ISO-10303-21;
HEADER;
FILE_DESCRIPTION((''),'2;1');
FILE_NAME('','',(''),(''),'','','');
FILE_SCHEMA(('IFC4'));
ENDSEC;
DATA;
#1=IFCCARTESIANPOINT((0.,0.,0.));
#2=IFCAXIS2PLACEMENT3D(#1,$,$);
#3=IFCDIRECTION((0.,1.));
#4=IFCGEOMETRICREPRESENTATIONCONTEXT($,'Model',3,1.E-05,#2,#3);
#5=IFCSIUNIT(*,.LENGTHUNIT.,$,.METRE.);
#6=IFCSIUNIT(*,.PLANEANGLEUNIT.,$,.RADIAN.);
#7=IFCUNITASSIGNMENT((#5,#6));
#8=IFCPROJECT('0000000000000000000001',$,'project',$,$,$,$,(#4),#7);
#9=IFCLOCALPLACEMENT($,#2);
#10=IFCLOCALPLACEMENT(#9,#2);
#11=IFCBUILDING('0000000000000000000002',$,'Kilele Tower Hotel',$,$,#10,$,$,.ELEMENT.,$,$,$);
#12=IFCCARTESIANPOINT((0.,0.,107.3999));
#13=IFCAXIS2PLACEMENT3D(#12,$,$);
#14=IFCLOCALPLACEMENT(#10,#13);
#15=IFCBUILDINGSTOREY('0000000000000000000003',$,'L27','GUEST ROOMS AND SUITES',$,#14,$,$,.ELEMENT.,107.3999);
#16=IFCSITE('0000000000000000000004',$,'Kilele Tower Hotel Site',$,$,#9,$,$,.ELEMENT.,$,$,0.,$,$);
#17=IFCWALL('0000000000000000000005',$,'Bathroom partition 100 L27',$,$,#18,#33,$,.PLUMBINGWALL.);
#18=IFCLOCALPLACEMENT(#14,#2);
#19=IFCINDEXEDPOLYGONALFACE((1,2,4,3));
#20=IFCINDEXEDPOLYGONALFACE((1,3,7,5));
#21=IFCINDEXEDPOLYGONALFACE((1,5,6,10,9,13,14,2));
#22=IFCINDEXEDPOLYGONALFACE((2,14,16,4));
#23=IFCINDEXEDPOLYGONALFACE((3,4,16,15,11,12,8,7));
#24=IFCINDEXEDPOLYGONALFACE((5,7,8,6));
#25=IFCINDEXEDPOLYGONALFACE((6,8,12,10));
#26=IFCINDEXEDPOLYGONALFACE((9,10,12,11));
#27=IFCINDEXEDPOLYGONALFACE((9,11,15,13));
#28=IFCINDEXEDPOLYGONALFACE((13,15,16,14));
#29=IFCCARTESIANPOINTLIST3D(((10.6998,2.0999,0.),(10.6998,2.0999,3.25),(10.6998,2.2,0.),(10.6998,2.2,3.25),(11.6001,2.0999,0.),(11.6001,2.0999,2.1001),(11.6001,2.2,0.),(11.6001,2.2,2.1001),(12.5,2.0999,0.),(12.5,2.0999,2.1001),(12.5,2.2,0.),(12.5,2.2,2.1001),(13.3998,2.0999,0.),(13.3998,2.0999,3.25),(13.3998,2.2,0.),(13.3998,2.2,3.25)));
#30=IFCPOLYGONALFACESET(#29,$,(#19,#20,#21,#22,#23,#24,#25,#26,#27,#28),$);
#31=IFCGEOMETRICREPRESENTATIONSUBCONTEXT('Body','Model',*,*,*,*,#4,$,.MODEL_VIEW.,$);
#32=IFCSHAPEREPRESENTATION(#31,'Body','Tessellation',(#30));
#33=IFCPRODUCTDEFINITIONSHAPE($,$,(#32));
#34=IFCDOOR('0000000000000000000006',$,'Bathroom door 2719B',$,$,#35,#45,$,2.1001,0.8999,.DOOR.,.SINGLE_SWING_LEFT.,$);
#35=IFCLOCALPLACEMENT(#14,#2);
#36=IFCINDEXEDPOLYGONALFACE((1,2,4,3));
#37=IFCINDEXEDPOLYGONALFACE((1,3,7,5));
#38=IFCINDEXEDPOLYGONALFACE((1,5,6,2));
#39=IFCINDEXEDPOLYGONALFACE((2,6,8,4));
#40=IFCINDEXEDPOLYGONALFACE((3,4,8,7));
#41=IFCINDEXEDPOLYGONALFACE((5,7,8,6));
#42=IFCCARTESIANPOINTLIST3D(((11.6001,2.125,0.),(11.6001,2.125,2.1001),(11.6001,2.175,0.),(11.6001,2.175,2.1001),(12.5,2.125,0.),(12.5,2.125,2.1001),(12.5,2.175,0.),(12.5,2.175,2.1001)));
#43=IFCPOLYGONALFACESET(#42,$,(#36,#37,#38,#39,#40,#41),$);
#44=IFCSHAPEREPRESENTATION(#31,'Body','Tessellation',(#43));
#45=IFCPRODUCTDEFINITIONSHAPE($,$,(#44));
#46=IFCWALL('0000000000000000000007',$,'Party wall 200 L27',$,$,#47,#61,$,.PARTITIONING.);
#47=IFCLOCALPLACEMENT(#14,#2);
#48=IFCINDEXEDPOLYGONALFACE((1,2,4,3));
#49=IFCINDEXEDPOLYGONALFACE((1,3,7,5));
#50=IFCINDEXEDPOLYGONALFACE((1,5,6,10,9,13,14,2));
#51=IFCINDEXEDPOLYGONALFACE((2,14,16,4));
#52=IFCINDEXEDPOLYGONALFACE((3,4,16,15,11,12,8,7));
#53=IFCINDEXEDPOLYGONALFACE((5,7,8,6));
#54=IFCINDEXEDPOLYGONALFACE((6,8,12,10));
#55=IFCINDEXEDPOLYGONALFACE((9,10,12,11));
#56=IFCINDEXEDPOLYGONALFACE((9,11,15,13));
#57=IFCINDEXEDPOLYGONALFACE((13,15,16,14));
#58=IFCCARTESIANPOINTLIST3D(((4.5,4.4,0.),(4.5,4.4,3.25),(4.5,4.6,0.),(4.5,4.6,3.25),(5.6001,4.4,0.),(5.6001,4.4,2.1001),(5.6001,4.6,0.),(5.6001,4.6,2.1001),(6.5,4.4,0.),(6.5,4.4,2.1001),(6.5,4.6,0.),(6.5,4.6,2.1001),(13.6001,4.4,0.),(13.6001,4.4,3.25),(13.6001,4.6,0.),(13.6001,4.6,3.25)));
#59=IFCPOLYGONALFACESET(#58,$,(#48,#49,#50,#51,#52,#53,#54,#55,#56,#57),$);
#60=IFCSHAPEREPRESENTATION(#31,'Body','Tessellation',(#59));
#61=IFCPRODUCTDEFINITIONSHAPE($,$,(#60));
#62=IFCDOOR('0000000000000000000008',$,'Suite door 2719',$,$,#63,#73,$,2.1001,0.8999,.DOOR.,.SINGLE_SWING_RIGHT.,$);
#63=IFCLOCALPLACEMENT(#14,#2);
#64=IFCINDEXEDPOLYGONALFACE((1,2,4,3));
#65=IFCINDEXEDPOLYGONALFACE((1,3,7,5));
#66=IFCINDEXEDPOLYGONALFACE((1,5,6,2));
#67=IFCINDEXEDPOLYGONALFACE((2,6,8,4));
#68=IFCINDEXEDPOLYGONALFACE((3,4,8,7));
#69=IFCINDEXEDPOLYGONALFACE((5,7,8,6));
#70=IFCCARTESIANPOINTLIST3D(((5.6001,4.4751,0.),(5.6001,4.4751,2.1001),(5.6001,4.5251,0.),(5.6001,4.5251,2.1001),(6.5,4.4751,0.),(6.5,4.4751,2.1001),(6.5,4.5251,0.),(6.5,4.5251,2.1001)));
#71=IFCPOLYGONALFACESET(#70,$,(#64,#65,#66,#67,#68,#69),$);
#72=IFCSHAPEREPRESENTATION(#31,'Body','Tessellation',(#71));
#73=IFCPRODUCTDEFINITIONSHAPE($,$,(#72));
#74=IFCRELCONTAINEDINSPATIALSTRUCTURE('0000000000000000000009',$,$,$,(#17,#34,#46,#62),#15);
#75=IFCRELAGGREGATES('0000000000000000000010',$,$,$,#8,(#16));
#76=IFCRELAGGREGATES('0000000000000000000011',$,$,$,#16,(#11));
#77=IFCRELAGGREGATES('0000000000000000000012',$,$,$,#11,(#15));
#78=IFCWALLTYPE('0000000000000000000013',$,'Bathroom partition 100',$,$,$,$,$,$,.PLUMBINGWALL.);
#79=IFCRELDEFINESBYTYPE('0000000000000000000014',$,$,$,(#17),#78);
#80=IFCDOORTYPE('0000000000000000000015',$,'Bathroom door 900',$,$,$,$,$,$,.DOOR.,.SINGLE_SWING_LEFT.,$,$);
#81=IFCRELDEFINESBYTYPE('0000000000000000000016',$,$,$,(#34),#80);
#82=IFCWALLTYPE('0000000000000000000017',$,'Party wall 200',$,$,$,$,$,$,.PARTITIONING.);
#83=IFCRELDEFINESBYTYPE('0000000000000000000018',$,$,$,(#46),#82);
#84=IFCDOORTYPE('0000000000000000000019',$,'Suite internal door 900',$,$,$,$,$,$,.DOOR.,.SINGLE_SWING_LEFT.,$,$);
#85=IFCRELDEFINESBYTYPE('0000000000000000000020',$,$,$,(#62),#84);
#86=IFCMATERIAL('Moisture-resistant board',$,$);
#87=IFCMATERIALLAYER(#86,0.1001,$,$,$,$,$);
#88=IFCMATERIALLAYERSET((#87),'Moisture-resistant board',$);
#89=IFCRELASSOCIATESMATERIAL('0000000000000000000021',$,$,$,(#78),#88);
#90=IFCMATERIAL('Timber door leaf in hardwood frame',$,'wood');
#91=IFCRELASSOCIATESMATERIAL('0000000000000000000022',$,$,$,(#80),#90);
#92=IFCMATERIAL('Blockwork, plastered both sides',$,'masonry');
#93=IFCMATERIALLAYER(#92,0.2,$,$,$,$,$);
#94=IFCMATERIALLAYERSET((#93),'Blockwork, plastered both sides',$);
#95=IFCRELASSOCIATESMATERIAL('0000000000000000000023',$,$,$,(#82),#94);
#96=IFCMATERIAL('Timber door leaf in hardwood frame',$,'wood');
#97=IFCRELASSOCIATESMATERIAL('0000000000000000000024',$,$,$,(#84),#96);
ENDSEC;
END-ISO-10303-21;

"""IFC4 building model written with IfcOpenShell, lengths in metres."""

from ifc_helpers import new_model, si_unit, direction, frame, frame_2d, origin, place, context, subcontext, project, spatial, rectangle, extrude, material, layer, layer_set, type_object, element, fill, save


model = new_model("IFC4")

# Units and contexts
model_context = context("Model", 3, precision=1e-05, world=origin(), true_north=direction((0.0, 1.0)))
body_context = subcontext(model_context, "Body", "Model", "MODEL_VIEW")
ifc_project = project(units=[si_unit("LENGTHUNIT", "METRE"), si_unit("PLANEANGLEUNIT", "RADIAN")], contexts=[model_context])

# Site, building, storey
site_placement = place(None, origin())
site = spatial("IfcSite", under=ifc_project, at=site_placement, Name="Kilele Tower Hotel Site", CompositionType="ELEMENT", RefElevation=0.0)
building_placement = place(site_placement, origin())
building = spatial("IfcBuilding", under=site, at=building_placement, Name="Kilele Tower Hotel", CompositionType="ELEMENT")
storey_placement = place(building_placement, frame((0.0, 0.0, 107.3999)))
storey = spatial("IfcBuildingStorey", under=building, at=storey_placement, Name="L27", Description="GUEST ROOMS AND SUITES", CompositionType="ELEMENT", Elevation=107.3999)

# Shared definitions
ifc_material_1 = material(Name="Moisture-resistant board")
ifc_layer_1 = layer(ifc_material_1, 0.1001)
ifc_layer_set_1 = layer_set([ifc_layer_1], Name="Moisture-resistant board")
wall_type_1 = type_object("IfcWallType", Name="Bathroom partition 100", PredefinedType="PLUMBINGWALL", material=ifc_layer_set_1)

# Shared definitions
ifc_material_2 = material(Name="Timber door leaf in hardwood frame", Category="wood")
door_type_1 = type_object("IfcDoorType", Name="Bathroom door 900", OperationType="SINGLE_SWING_LEFT", PredefinedType="DOOR", material=ifc_material_2)

# Walls, openings, doors
wall_1_placement = place(storey_placement, frame((13.3999, 2.1499, 0.0), z_axis=(0.0, 0.0, 1.0), x_axis=(-1.0, 0.0, 0.0)))
wall_1 = element("IfcWall", 1, at=wall_1_placement, inside=storey, type_object=wall_type_1, Name="Bathroom partition 100 L27", PredefinedType="PLUMBINGWALL", context=body_context, shape_type="SweptSolid", body=[
    extrude(rectangle(XDim=2.7, YDim=0.1001, at=frame_2d((1.3501, 0.0))), origin(), (0.0, 0.0, 1.0), 3.25),
])
opening_1_placement = place(wall_1_placement, frame((0.8999, 0.0, 0.0)))
opening_1 = element("IfcOpeningElement", 2, at=opening_1_placement, cuts=wall_1, PredefinedType="OPENING", context=body_context, shape_type="SweptSolid", body=[
    extrude(rectangle(XDim=0.8999, YDim=2.1001, at=frame_2d((0.45, 1.05))), frame((0.0, 0.0601, 0.0), z_axis=(0.0, -1.0, 0.0), x_axis=(1.0, 0.0, 0.0)), (0.0, 0.0, 1.0), 0.1201),
])
door_1_placement = place(opening_1_placement, origin())
door_1 = element("IfcDoor", 3, at=door_1_placement, inside=storey, type_object=door_type_1, Name="Bathroom door 2719B", OperationType="SINGLE_SWING_LEFT", OverallHeight=2.1001, OverallWidth=0.8999, PredefinedType="DOOR", context=body_context, shape_type="SweptSolid", body=[
    extrude(rectangle(XDim=0.8999, YDim=2.1001, at=frame_2d((0.45, 1.05))), frame((0.0, 0.0249, 0.0), z_axis=(0.0, -1.0, 0.0), x_axis=(1.0, 0.0, 0.0)), (0.0, 0.0, 1.0), 0.05),
])
fill(opening_1, door_1)
ifc_material_3 = material(Name="Blockwork, plastered both sides", Category="masonry")
ifc_layer_2 = layer(ifc_material_3, 0.2)
ifc_layer_set_2 = layer_set([ifc_layer_2], Name="Blockwork, plastered both sides")
wall_type_2 = type_object("IfcWallType", Name="Party wall 200", PredefinedType="PARTITIONING", material=ifc_layer_set_2)
wall_2_placement = place(storey_placement, frame((13.6001, 4.5, 0.0), z_axis=(0.0, 0.0, 1.0), x_axis=(-1.0, 0.0, 0.0)))
wall_2 = element("IfcWall", 4, at=wall_2_placement, inside=storey, type_object=wall_type_2, Name="Party wall 200 L27", PredefinedType="PARTITIONING", context=body_context, shape_type="SweptSolid", body=[
    extrude(rectangle(XDim=9.1001, YDim=0.2, at=frame_2d((4.55, 0.0))), origin(), (0.0, 0.0, 1.0), 3.25),
])
opening_2_placement = place(wall_2_placement, frame((7.1001, 0.0, 0.0)))
opening_2 = element("IfcOpeningElement", 5, at=opening_2_placement, cuts=wall_2, PredefinedType="OPENING", context=body_context, shape_type="SweptSolid", body=[
    extrude(rectangle(XDim=0.8999, YDim=2.1001, at=frame_2d((0.45, 1.05))), frame((0.0, 0.1099, 0.0), z_axis=(0.0, -1.0, 0.0), x_axis=(1.0, 0.0, 0.0)), (0.0, 0.0, 1.0), 0.22),
])
ifc_material_4 = material(Name="Timber door leaf in hardwood frame", Category="wood")
door_type_2 = type_object("IfcDoorType", Name="Suite internal door 900", OperationType="SINGLE_SWING_LEFT", PredefinedType="DOOR", material=ifc_material_4)
door_2_placement = place(opening_2_placement, origin())
door_2 = element("IfcDoor", 6, at=door_2_placement, inside=storey, type_object=door_type_2, Name="Suite door 2719", OperationType="SINGLE_SWING_RIGHT", OverallHeight=2.1001, OverallWidth=0.8999, PredefinedType="DOOR", context=body_context, shape_type="SweptSolid", body=[
    extrude(rectangle(XDim=0.8999, YDim=2.1001, at=frame_2d((0.45, 1.05))), frame((0.0, 0.0249, 0.0), z_axis=(0.0, -1.0, 0.0), x_axis=(1.0, 0.0, 0.0)), (0.0, 0.0, 1.0), 0.05),
])
fill(opening_2, door_2)

save(model, "model.ifc")
